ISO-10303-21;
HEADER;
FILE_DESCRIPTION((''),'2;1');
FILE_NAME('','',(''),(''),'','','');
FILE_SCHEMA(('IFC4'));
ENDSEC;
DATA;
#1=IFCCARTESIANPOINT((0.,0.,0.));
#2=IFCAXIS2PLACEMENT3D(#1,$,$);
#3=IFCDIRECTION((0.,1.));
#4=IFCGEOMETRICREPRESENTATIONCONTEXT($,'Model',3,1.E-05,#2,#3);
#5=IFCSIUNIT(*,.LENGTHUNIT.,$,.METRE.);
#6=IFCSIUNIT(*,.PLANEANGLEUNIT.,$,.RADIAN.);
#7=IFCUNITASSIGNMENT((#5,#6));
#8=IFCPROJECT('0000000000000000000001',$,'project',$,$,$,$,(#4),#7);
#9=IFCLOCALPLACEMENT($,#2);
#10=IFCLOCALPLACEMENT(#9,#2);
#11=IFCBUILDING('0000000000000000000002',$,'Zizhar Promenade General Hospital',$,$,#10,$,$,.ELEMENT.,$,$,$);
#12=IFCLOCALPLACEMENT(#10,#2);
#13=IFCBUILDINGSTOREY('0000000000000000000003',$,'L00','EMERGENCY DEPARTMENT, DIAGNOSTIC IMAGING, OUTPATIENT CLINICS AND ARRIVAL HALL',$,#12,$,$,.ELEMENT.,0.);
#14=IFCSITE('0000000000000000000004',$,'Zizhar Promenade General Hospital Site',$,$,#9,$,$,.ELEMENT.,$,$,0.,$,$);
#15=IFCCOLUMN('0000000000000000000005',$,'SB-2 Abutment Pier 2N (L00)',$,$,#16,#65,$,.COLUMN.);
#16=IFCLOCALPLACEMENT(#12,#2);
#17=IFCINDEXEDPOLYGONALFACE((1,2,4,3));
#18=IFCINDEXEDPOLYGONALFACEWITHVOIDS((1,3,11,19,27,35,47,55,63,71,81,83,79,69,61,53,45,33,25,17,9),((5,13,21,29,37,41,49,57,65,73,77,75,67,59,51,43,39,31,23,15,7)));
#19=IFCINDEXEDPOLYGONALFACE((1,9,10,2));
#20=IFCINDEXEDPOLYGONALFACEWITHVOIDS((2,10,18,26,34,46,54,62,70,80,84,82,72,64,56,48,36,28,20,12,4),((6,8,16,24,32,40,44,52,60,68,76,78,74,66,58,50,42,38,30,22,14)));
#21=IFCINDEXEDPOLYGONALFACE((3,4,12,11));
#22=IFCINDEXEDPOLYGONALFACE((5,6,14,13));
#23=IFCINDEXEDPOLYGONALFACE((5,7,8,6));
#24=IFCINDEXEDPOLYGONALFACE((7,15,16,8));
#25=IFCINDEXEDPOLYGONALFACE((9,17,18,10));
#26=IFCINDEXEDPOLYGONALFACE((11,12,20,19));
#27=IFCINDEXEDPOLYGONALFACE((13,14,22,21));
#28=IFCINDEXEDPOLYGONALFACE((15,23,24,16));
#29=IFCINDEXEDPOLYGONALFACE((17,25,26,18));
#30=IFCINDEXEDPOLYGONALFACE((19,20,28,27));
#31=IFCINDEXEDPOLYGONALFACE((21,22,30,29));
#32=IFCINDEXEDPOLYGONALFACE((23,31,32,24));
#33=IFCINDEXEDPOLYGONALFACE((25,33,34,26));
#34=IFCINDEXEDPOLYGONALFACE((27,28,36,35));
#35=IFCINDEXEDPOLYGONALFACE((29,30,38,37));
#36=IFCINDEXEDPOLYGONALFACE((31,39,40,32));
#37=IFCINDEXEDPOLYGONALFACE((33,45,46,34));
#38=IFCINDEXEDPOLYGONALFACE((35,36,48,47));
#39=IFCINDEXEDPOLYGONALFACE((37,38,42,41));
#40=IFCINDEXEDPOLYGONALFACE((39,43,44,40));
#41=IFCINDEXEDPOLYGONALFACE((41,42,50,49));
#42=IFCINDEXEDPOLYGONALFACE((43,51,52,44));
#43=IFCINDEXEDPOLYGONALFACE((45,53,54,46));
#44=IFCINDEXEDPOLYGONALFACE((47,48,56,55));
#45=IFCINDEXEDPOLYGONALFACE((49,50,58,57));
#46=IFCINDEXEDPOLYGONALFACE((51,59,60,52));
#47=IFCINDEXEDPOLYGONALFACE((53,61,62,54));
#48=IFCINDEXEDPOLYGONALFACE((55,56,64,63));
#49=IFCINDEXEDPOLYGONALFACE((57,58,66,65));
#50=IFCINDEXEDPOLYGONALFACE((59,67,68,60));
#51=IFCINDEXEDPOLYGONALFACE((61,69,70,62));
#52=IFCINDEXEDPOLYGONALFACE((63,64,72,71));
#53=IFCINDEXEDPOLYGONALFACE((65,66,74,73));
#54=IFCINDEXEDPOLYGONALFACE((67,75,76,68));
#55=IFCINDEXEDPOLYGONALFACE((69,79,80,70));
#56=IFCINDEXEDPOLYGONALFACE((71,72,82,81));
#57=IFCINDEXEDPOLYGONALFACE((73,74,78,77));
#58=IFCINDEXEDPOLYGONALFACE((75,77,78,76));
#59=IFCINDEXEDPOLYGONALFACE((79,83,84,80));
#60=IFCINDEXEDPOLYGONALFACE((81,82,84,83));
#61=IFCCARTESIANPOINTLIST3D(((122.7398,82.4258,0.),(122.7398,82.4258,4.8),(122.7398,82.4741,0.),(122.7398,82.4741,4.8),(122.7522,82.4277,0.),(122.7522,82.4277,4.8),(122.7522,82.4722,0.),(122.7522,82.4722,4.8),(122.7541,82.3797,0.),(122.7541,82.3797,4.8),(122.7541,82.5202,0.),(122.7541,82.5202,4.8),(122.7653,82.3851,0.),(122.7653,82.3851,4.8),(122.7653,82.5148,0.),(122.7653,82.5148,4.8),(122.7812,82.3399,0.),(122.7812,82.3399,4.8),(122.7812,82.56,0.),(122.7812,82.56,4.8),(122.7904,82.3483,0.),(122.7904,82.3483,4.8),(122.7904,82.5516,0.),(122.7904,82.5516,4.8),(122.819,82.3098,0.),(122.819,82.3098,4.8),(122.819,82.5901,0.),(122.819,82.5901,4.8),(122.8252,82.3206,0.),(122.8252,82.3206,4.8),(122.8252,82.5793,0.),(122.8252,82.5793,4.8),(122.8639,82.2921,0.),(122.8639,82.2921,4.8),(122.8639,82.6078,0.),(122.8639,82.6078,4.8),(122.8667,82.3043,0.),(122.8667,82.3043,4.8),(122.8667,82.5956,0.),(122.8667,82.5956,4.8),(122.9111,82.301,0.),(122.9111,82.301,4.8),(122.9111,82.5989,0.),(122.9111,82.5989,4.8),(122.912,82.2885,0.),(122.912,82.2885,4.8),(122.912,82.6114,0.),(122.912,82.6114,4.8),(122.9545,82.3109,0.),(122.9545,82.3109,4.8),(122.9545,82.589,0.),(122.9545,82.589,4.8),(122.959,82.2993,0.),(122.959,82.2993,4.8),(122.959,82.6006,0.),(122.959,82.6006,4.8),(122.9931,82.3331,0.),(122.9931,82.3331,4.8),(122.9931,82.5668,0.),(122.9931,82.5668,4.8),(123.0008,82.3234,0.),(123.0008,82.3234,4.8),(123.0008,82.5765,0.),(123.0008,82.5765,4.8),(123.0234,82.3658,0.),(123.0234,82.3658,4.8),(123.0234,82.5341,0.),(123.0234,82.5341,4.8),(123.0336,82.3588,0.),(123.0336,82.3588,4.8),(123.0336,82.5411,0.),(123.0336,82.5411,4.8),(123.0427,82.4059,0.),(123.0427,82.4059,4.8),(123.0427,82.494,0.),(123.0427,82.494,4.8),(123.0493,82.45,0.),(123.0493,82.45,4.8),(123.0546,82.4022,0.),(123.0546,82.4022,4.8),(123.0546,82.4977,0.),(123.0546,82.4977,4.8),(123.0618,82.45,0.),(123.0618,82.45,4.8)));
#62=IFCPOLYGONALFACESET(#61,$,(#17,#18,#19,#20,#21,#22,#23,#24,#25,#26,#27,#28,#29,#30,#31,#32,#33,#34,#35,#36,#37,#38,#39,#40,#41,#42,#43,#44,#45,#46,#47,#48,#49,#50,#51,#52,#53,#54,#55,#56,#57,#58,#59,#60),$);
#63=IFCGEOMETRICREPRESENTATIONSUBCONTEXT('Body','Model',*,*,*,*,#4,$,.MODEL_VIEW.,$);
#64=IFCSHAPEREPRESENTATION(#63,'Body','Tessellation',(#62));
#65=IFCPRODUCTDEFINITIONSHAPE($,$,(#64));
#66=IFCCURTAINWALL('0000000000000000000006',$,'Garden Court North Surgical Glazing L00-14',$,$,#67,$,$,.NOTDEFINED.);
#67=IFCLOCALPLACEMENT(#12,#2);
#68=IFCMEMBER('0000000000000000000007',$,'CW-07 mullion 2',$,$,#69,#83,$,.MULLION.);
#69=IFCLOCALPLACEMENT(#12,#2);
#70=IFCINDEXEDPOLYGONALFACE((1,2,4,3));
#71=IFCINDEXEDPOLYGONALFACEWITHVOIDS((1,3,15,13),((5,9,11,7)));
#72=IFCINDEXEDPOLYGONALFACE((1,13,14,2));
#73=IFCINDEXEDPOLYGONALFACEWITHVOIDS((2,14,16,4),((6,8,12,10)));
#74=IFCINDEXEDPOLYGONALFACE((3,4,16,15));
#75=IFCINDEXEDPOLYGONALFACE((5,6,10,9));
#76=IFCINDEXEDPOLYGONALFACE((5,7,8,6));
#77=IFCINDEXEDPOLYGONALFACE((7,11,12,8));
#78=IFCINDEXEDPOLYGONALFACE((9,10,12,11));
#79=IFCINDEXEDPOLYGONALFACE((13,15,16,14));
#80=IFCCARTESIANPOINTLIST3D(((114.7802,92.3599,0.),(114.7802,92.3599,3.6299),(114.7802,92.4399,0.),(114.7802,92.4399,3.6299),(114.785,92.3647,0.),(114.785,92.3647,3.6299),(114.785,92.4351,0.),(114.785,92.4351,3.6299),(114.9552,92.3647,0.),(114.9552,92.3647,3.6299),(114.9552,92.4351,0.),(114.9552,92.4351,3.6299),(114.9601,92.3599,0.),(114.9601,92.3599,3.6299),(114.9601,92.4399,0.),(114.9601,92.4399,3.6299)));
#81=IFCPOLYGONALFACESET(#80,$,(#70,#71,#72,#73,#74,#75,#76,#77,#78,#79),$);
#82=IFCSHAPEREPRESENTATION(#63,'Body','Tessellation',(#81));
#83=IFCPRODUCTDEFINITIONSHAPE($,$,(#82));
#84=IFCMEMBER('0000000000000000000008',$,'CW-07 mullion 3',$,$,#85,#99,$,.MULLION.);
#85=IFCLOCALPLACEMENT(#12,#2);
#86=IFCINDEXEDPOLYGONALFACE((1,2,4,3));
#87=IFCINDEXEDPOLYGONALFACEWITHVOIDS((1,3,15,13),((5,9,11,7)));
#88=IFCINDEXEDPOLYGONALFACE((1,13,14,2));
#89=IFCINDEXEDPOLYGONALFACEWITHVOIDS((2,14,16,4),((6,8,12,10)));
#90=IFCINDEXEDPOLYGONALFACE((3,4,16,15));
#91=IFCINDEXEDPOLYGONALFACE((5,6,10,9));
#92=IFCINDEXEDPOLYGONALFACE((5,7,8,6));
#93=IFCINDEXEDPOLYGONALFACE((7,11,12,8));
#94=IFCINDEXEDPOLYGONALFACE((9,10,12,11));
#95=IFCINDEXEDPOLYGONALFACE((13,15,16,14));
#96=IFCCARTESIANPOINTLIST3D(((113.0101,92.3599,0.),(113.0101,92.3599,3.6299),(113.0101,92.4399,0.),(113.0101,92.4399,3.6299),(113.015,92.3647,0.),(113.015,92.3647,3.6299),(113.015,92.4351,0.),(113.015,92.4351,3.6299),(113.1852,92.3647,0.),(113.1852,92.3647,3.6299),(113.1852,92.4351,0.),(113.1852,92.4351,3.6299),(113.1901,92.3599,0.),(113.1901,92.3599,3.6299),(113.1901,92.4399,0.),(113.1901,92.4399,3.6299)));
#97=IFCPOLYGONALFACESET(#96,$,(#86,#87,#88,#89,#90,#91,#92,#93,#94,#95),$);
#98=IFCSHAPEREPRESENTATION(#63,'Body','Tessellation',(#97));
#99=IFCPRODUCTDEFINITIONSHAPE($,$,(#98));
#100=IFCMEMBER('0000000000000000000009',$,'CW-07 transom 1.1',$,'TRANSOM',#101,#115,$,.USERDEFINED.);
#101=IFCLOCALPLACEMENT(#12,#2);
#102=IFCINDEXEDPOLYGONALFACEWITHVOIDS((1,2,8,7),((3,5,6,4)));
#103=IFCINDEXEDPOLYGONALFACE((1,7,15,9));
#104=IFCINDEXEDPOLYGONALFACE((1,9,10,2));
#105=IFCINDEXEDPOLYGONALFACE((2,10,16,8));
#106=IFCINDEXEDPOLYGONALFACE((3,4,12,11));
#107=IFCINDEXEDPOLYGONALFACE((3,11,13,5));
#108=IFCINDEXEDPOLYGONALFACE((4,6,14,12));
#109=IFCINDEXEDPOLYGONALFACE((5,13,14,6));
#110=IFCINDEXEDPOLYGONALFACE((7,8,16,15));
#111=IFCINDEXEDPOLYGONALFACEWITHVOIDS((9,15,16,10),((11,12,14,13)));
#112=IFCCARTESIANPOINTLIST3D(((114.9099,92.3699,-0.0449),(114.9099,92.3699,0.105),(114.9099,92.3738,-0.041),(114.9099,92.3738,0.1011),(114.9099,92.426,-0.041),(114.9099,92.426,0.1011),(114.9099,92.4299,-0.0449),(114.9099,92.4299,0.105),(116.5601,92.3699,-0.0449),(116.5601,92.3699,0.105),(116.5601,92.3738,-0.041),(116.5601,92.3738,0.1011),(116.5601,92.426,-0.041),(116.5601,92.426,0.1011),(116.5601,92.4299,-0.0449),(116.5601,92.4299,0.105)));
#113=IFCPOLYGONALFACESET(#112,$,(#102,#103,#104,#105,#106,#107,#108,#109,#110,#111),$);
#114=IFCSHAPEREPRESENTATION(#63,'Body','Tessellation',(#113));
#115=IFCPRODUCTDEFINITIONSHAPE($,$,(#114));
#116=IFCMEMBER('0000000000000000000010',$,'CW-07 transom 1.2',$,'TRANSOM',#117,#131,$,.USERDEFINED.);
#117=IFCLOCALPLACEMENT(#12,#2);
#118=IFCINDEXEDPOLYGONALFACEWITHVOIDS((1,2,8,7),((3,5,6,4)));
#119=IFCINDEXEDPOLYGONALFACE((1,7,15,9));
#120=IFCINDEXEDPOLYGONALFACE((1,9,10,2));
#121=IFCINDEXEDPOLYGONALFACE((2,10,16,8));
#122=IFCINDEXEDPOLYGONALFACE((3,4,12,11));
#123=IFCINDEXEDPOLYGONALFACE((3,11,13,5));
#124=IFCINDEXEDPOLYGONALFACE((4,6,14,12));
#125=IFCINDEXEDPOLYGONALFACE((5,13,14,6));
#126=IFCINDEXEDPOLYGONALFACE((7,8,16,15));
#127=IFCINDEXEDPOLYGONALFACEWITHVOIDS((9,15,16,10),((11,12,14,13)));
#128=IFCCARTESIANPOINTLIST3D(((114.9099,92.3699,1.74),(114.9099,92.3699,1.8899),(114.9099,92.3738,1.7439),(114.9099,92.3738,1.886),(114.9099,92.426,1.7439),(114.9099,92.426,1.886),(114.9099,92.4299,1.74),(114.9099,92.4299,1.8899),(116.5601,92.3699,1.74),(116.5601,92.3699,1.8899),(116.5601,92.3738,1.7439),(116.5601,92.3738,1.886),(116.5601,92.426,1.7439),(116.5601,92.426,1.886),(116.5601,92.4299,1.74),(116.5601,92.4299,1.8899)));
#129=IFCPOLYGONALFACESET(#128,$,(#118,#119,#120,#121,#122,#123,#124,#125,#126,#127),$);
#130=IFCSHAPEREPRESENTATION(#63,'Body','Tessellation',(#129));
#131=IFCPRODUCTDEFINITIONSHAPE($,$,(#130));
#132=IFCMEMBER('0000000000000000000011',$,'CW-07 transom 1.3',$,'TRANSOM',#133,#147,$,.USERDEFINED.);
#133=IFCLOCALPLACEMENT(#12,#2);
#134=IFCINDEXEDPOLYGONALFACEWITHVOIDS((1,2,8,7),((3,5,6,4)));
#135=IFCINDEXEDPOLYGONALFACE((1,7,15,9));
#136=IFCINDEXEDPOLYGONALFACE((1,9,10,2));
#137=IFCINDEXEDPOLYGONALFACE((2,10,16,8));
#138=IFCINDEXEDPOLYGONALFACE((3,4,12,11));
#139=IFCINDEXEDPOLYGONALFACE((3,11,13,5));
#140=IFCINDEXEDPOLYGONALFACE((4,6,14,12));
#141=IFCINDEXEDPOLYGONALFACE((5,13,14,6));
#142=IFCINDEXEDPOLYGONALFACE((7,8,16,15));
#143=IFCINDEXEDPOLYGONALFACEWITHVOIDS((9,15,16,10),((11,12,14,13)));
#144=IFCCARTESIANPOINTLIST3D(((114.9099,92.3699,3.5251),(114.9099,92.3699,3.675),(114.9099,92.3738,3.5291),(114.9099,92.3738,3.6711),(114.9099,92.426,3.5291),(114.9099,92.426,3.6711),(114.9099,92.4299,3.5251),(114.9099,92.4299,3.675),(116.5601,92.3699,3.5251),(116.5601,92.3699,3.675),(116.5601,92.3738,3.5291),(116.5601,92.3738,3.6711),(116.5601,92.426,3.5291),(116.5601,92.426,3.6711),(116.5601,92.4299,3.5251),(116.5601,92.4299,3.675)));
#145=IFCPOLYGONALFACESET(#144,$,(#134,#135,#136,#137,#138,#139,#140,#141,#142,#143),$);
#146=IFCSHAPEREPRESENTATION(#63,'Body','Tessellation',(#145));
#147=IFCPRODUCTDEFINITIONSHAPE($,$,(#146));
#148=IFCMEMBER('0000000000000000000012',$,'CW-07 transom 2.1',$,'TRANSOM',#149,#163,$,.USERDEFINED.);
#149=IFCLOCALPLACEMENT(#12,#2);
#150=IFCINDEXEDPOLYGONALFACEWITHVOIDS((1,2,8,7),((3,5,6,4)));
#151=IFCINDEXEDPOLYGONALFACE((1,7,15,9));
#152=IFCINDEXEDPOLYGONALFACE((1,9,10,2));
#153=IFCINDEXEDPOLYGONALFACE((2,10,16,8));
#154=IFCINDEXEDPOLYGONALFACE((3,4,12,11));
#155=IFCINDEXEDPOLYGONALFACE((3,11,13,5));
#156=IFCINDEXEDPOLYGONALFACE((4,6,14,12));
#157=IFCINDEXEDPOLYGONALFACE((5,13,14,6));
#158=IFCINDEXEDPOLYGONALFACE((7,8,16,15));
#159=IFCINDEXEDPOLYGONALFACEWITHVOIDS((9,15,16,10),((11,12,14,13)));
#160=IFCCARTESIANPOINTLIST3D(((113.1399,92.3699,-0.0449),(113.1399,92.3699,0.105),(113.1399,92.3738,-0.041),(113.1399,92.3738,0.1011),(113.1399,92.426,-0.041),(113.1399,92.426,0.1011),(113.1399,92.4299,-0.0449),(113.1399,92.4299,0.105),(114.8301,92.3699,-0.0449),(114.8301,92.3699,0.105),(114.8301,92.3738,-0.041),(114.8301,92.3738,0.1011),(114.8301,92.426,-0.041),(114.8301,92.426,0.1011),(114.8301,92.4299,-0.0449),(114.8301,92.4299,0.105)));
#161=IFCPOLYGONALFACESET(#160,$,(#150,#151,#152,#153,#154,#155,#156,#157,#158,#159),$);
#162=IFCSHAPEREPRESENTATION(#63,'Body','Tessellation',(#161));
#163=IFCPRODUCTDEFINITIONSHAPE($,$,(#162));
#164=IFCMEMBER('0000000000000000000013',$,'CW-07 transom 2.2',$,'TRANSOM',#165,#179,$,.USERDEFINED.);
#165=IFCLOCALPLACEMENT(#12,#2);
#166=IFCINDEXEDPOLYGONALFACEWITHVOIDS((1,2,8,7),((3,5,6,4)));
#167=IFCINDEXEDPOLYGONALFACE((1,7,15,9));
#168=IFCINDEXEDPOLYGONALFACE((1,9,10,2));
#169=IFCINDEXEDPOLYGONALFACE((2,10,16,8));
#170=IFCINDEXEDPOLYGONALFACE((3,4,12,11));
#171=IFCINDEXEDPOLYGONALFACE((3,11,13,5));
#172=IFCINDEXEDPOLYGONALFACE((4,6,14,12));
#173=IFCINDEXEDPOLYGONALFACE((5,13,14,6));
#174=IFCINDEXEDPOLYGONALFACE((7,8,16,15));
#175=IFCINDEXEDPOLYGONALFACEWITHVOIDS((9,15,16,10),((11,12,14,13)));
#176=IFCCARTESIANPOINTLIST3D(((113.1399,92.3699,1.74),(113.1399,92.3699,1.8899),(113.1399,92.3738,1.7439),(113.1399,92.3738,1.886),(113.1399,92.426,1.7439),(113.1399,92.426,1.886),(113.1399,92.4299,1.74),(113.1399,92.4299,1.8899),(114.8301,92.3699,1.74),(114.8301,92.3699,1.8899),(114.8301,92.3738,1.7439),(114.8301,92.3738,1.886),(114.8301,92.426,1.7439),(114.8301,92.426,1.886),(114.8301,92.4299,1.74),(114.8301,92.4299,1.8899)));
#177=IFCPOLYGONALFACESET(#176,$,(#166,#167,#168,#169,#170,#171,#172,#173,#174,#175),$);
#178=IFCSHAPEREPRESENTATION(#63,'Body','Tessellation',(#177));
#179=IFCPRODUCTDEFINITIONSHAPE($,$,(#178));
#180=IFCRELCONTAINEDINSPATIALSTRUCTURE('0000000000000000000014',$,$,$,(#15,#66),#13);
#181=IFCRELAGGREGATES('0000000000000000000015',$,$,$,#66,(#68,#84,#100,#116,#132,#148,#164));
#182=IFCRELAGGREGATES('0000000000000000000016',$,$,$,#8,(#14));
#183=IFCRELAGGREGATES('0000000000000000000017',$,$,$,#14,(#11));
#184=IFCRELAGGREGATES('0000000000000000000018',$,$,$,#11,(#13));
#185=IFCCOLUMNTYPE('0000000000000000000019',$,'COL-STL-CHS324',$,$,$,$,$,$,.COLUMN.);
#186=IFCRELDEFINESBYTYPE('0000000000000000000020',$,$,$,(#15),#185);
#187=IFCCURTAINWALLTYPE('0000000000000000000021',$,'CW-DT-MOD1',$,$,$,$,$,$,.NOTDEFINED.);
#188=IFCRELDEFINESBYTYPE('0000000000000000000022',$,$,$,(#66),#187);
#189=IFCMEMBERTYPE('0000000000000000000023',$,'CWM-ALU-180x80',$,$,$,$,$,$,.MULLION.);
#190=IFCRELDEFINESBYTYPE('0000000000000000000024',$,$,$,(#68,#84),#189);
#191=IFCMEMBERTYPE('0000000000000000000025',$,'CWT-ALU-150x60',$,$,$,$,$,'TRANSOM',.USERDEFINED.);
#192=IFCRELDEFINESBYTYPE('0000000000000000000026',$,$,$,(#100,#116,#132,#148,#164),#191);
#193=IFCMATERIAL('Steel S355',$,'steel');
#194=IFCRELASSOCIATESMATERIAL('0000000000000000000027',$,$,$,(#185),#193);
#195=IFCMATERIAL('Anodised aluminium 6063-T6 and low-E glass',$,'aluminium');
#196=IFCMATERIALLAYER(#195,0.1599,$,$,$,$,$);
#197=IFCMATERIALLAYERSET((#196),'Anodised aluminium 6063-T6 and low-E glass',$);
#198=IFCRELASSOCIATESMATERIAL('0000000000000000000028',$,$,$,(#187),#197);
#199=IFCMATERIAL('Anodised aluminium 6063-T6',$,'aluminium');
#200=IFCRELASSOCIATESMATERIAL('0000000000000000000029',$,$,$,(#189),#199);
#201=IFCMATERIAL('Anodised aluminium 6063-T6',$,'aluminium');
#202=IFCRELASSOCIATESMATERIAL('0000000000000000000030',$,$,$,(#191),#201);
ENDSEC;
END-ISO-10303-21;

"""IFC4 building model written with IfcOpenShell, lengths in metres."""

from ifc_helpers import new_model, si_unit, direction, frame, origin, origin_2d, place, context, subcontext, project, spatial, hollow_rectangle, hollow_circle, extrude, material, layer, layer_set, material_profile, profile_set, type_object, element, aggregate, save


model = new_model("IFC4")

# Units and contexts
model_context = context("Model", 3, precision=1e-05, world=origin(), true_north=direction((0.0, 1.0)))
body_context = subcontext(model_context, "Body", "Model", "MODEL_VIEW")
ifc_project = project(units=[si_unit("LENGTHUNIT", "METRE"), si_unit("PLANEANGLEUNIT", "RADIAN")], contexts=[model_context])

# Site, building, storey
site_placement = place(None, origin())
site = spatial("IfcSite", under=ifc_project, at=site_placement, Name="Zizhar Promenade General Hospital Site", CompositionType="ELEMENT", RefElevation=0.0)
building_placement = place(site_placement, origin())
building = spatial("IfcBuilding", under=site, at=building_placement, Name="Zizhar Promenade General Hospital", CompositionType="ELEMENT")
storey_placement = place(building_placement, origin())
storey = spatial("IfcBuildingStorey", under=building, at=storey_placement, Name="L00", Description="EMERGENCY DEPARTMENT, DIAGNOSTIC IMAGING, OUTPATIENT CLINICS AND ARRIVAL HALL", CompositionType="ELEMENT", Elevation=0.0)

# Column
ifc_material_1 = material(Name="Steel S355", Category="steel")
ifc_material_profile_1 = material_profile(ifc_material_1, hollow_circle(Radius=0.1619, WallThickness=0.0125, at=origin_2d()))
ifc_profile_set_1 = profile_set([ifc_material_profile_1], Name="Steel S355")
column_type = type_object("IfcColumnType", Name="COL-STL-CHS324", PredefinedType="COLUMN", material=ifc_profile_set_1)
for number, where, z_axis, x_axis, name in (
    (1, (122.8999, 82.45, 0.0), (0.0, 0.0, 1.0), (1.0, 0.0, 0.0), "SB-2 Abutment Pier 2N (L00)"),
):
    element("IfcColumn", number, at=place(storey_placement, frame(where, z_axis=z_axis, x_axis=x_axis)), inside=storey, type_object=column_type, Name=name, PredefinedType="COLUMN", context=body_context, shape_type="SweptSolid", body=[
        extrude(hollow_circle(Radius=0.1619, WallThickness=0.0125, at=origin_2d()), origin(), (0.0, 0.0, 1.0), 4.8),
    ])

# Curtain wall, members
ifc_material_2 = material(Name="Anodised aluminium 6063-T6 and low-E glass", Category="aluminium")
ifc_layer_1 = layer(ifc_material_2, 0.1599)
ifc_layer_set_1 = layer_set([ifc_layer_1], Name="Anodised aluminium 6063-T6 and low-E glass")
curtain_wall_type = type_object("IfcCurtainWallType", Name="CW-DT-MOD1", PredefinedType="NOTDEFINED", material=ifc_layer_set_1)
curtain_wall_placement = place(storey_placement, origin())
curtain_wall = element("IfcCurtainWall", 2, at=curtain_wall_placement, inside=storey, type_object=curtain_wall_type, Name="Garden Court North Surgical Glazing L00-14", PredefinedType="NOTDEFINED")
ifc_material_3 = material(Name="Anodised aluminium 6063-T6", Category="aluminium")
ifc_material_profile_2 = material_profile(ifc_material_3, hollow_rectangle(XDim=0.0801, YDim=0.1799, WallThickness=0.0049, at=origin_2d()))
ifc_profile_set_2 = profile_set([ifc_material_profile_2], Name="Anodised aluminium 6063-T6")
member_type_1 = type_object("IfcMemberType", Name="CWM-ALU-180x80", PredefinedType="MULLION", material=ifc_profile_set_2)
member_1_placement = place(storey_placement, frame((114.8701, 92.3999, 0.0), z_axis=(0.0, 0.0, 1.0), x_axis=(0.0, -1.0, 0.0)))
member_1 = element("IfcMember", 3, at=member_1_placement, type_object=member_type_1, Name="CW-07 mullion 2", PredefinedType="MULLION", context=body_context, shape_type="SweptSolid", body=[
    extrude(hollow_rectangle(XDim=0.0801, YDim=0.1799, WallThickness=0.0049, at=origin_2d()), origin(), (0.0, 0.0, 1.0), 3.6299),
])
member_2_placement = place(storey_placement, frame((113.1001, 92.3999, 0.0), z_axis=(0.0, 0.0, 1.0), x_axis=(0.0, -1.0, 0.0)))
member_2 = element("IfcMember", 4, at=member_2_placement, type_object=member_type_1, Name="CW-07 mullion 3", PredefinedType="MULLION", context=body_context, shape_type="SweptSolid", body=[
    extrude(hollow_rectangle(XDim=0.0801, YDim=0.1799, WallThickness=0.0049, at=origin_2d()), origin(), (0.0, 0.0, 1.0), 3.6299),
])
ifc_material_4 = material(Name="Anodised aluminium 6063-T6", Category="aluminium")
ifc_material_profile_3 = material_profile(ifc_material_4, hollow_rectangle(XDim=0.0601, YDim=0.1499, WallThickness=0.0039, at=origin_2d()))
ifc_profile_set_3 = profile_set([ifc_material_profile_3], Name="Anodised aluminium 6063-T6")
member_type_2 = type_object("IfcMemberType", Name="CWT-ALU-150x60", ElementType="TRANSOM", PredefinedType="USERDEFINED", material=ifc_profile_set_3)
member_3_placement = place(storey_placement, frame((116.5601, 92.3999, 0.03), z_axis=(-1.0, 0.0, 0.0), x_axis=(0.0, -1.0, 0.0)))
member_3 = element("IfcMember", 5, at=member_3_placement, type_object=member_type_2, Name="CW-07 transom 1.1", ObjectType="TRANSOM", PredefinedType="USERDEFINED", context=body_context, shape_type="SweptSolid", body=[
    extrude(hollow_rectangle(XDim=0.0601, YDim=0.1499, WallThickness=0.0039, at=origin_2d()), origin(), (0.0, 0.0, 1.0), 1.6501),
])
member_4_placement = place(storey_placement, frame((116.5601, 92.3999, 1.8149), z_axis=(-1.0, 0.0, 0.0), x_axis=(0.0, -1.0, 0.0)))
member_4 = element("IfcMember", 6, at=member_4_placement, type_object=member_type_2, Name="CW-07 transom 1.2", ObjectType="TRANSOM", PredefinedType="USERDEFINED", context=body_context, shape_type="SweptSolid", body=[
    extrude(hollow_rectangle(XDim=0.0601, YDim=0.1499, WallThickness=0.0039, at=origin_2d()), origin(), (0.0, 0.0, 1.0), 1.6501),
])
member_5_placement = place(storey_placement, frame((116.5601, 92.3999, 3.6001), z_axis=(-1.0, 0.0, 0.0), x_axis=(0.0, -1.0, 0.0)))
member_5 = element("IfcMember", 7, at=member_5_placement, type_object=member_type_2, Name="CW-07 transom 1.3", ObjectType="TRANSOM", PredefinedType="USERDEFINED", context=body_context, shape_type="SweptSolid", body=[
    extrude(hollow_rectangle(XDim=0.0601, YDim=0.1499, WallThickness=0.0039, at=origin_2d()), origin(), (0.0, 0.0, 1.0), 1.6501),
])
member_6_placement = place(storey_placement, frame((114.8301, 92.3999, 0.03), z_axis=(-1.0, 0.0, 0.0), x_axis=(0.0, -1.0, 0.0)))
member_6 = element("IfcMember", 8, at=member_6_placement, type_object=member_type_2, Name="CW-07 transom 2.1", ObjectType="TRANSOM", PredefinedType="USERDEFINED", context=body_context, shape_type="SweptSolid", body=[
    extrude(hollow_rectangle(XDim=0.0601, YDim=0.1499, WallThickness=0.0039, at=origin_2d()), origin(), (0.0, 0.0, 1.0), 1.6902),
])
member_7_placement = place(storey_placement, frame((114.8301, 92.3999, 1.8149), z_axis=(-1.0, 0.0, 0.0), x_axis=(0.0, -1.0, 0.0)))
member_7 = element("IfcMember", 9, at=member_7_placement, type_object=member_type_2, Name="CW-07 transom 2.2", ObjectType="TRANSOM", PredefinedType="USERDEFINED", context=body_context, shape_type="SweptSolid", body=[
    extrude(hollow_rectangle(XDim=0.0601, YDim=0.1499, WallThickness=0.0039, at=origin_2d()), origin(), (0.0, 0.0, 1.0), 1.6902),
])
aggregate(curtain_wall, [member_1, member_2, member_3, member_4, member_5, member_6, member_7])

save(model, "model.ifc")
